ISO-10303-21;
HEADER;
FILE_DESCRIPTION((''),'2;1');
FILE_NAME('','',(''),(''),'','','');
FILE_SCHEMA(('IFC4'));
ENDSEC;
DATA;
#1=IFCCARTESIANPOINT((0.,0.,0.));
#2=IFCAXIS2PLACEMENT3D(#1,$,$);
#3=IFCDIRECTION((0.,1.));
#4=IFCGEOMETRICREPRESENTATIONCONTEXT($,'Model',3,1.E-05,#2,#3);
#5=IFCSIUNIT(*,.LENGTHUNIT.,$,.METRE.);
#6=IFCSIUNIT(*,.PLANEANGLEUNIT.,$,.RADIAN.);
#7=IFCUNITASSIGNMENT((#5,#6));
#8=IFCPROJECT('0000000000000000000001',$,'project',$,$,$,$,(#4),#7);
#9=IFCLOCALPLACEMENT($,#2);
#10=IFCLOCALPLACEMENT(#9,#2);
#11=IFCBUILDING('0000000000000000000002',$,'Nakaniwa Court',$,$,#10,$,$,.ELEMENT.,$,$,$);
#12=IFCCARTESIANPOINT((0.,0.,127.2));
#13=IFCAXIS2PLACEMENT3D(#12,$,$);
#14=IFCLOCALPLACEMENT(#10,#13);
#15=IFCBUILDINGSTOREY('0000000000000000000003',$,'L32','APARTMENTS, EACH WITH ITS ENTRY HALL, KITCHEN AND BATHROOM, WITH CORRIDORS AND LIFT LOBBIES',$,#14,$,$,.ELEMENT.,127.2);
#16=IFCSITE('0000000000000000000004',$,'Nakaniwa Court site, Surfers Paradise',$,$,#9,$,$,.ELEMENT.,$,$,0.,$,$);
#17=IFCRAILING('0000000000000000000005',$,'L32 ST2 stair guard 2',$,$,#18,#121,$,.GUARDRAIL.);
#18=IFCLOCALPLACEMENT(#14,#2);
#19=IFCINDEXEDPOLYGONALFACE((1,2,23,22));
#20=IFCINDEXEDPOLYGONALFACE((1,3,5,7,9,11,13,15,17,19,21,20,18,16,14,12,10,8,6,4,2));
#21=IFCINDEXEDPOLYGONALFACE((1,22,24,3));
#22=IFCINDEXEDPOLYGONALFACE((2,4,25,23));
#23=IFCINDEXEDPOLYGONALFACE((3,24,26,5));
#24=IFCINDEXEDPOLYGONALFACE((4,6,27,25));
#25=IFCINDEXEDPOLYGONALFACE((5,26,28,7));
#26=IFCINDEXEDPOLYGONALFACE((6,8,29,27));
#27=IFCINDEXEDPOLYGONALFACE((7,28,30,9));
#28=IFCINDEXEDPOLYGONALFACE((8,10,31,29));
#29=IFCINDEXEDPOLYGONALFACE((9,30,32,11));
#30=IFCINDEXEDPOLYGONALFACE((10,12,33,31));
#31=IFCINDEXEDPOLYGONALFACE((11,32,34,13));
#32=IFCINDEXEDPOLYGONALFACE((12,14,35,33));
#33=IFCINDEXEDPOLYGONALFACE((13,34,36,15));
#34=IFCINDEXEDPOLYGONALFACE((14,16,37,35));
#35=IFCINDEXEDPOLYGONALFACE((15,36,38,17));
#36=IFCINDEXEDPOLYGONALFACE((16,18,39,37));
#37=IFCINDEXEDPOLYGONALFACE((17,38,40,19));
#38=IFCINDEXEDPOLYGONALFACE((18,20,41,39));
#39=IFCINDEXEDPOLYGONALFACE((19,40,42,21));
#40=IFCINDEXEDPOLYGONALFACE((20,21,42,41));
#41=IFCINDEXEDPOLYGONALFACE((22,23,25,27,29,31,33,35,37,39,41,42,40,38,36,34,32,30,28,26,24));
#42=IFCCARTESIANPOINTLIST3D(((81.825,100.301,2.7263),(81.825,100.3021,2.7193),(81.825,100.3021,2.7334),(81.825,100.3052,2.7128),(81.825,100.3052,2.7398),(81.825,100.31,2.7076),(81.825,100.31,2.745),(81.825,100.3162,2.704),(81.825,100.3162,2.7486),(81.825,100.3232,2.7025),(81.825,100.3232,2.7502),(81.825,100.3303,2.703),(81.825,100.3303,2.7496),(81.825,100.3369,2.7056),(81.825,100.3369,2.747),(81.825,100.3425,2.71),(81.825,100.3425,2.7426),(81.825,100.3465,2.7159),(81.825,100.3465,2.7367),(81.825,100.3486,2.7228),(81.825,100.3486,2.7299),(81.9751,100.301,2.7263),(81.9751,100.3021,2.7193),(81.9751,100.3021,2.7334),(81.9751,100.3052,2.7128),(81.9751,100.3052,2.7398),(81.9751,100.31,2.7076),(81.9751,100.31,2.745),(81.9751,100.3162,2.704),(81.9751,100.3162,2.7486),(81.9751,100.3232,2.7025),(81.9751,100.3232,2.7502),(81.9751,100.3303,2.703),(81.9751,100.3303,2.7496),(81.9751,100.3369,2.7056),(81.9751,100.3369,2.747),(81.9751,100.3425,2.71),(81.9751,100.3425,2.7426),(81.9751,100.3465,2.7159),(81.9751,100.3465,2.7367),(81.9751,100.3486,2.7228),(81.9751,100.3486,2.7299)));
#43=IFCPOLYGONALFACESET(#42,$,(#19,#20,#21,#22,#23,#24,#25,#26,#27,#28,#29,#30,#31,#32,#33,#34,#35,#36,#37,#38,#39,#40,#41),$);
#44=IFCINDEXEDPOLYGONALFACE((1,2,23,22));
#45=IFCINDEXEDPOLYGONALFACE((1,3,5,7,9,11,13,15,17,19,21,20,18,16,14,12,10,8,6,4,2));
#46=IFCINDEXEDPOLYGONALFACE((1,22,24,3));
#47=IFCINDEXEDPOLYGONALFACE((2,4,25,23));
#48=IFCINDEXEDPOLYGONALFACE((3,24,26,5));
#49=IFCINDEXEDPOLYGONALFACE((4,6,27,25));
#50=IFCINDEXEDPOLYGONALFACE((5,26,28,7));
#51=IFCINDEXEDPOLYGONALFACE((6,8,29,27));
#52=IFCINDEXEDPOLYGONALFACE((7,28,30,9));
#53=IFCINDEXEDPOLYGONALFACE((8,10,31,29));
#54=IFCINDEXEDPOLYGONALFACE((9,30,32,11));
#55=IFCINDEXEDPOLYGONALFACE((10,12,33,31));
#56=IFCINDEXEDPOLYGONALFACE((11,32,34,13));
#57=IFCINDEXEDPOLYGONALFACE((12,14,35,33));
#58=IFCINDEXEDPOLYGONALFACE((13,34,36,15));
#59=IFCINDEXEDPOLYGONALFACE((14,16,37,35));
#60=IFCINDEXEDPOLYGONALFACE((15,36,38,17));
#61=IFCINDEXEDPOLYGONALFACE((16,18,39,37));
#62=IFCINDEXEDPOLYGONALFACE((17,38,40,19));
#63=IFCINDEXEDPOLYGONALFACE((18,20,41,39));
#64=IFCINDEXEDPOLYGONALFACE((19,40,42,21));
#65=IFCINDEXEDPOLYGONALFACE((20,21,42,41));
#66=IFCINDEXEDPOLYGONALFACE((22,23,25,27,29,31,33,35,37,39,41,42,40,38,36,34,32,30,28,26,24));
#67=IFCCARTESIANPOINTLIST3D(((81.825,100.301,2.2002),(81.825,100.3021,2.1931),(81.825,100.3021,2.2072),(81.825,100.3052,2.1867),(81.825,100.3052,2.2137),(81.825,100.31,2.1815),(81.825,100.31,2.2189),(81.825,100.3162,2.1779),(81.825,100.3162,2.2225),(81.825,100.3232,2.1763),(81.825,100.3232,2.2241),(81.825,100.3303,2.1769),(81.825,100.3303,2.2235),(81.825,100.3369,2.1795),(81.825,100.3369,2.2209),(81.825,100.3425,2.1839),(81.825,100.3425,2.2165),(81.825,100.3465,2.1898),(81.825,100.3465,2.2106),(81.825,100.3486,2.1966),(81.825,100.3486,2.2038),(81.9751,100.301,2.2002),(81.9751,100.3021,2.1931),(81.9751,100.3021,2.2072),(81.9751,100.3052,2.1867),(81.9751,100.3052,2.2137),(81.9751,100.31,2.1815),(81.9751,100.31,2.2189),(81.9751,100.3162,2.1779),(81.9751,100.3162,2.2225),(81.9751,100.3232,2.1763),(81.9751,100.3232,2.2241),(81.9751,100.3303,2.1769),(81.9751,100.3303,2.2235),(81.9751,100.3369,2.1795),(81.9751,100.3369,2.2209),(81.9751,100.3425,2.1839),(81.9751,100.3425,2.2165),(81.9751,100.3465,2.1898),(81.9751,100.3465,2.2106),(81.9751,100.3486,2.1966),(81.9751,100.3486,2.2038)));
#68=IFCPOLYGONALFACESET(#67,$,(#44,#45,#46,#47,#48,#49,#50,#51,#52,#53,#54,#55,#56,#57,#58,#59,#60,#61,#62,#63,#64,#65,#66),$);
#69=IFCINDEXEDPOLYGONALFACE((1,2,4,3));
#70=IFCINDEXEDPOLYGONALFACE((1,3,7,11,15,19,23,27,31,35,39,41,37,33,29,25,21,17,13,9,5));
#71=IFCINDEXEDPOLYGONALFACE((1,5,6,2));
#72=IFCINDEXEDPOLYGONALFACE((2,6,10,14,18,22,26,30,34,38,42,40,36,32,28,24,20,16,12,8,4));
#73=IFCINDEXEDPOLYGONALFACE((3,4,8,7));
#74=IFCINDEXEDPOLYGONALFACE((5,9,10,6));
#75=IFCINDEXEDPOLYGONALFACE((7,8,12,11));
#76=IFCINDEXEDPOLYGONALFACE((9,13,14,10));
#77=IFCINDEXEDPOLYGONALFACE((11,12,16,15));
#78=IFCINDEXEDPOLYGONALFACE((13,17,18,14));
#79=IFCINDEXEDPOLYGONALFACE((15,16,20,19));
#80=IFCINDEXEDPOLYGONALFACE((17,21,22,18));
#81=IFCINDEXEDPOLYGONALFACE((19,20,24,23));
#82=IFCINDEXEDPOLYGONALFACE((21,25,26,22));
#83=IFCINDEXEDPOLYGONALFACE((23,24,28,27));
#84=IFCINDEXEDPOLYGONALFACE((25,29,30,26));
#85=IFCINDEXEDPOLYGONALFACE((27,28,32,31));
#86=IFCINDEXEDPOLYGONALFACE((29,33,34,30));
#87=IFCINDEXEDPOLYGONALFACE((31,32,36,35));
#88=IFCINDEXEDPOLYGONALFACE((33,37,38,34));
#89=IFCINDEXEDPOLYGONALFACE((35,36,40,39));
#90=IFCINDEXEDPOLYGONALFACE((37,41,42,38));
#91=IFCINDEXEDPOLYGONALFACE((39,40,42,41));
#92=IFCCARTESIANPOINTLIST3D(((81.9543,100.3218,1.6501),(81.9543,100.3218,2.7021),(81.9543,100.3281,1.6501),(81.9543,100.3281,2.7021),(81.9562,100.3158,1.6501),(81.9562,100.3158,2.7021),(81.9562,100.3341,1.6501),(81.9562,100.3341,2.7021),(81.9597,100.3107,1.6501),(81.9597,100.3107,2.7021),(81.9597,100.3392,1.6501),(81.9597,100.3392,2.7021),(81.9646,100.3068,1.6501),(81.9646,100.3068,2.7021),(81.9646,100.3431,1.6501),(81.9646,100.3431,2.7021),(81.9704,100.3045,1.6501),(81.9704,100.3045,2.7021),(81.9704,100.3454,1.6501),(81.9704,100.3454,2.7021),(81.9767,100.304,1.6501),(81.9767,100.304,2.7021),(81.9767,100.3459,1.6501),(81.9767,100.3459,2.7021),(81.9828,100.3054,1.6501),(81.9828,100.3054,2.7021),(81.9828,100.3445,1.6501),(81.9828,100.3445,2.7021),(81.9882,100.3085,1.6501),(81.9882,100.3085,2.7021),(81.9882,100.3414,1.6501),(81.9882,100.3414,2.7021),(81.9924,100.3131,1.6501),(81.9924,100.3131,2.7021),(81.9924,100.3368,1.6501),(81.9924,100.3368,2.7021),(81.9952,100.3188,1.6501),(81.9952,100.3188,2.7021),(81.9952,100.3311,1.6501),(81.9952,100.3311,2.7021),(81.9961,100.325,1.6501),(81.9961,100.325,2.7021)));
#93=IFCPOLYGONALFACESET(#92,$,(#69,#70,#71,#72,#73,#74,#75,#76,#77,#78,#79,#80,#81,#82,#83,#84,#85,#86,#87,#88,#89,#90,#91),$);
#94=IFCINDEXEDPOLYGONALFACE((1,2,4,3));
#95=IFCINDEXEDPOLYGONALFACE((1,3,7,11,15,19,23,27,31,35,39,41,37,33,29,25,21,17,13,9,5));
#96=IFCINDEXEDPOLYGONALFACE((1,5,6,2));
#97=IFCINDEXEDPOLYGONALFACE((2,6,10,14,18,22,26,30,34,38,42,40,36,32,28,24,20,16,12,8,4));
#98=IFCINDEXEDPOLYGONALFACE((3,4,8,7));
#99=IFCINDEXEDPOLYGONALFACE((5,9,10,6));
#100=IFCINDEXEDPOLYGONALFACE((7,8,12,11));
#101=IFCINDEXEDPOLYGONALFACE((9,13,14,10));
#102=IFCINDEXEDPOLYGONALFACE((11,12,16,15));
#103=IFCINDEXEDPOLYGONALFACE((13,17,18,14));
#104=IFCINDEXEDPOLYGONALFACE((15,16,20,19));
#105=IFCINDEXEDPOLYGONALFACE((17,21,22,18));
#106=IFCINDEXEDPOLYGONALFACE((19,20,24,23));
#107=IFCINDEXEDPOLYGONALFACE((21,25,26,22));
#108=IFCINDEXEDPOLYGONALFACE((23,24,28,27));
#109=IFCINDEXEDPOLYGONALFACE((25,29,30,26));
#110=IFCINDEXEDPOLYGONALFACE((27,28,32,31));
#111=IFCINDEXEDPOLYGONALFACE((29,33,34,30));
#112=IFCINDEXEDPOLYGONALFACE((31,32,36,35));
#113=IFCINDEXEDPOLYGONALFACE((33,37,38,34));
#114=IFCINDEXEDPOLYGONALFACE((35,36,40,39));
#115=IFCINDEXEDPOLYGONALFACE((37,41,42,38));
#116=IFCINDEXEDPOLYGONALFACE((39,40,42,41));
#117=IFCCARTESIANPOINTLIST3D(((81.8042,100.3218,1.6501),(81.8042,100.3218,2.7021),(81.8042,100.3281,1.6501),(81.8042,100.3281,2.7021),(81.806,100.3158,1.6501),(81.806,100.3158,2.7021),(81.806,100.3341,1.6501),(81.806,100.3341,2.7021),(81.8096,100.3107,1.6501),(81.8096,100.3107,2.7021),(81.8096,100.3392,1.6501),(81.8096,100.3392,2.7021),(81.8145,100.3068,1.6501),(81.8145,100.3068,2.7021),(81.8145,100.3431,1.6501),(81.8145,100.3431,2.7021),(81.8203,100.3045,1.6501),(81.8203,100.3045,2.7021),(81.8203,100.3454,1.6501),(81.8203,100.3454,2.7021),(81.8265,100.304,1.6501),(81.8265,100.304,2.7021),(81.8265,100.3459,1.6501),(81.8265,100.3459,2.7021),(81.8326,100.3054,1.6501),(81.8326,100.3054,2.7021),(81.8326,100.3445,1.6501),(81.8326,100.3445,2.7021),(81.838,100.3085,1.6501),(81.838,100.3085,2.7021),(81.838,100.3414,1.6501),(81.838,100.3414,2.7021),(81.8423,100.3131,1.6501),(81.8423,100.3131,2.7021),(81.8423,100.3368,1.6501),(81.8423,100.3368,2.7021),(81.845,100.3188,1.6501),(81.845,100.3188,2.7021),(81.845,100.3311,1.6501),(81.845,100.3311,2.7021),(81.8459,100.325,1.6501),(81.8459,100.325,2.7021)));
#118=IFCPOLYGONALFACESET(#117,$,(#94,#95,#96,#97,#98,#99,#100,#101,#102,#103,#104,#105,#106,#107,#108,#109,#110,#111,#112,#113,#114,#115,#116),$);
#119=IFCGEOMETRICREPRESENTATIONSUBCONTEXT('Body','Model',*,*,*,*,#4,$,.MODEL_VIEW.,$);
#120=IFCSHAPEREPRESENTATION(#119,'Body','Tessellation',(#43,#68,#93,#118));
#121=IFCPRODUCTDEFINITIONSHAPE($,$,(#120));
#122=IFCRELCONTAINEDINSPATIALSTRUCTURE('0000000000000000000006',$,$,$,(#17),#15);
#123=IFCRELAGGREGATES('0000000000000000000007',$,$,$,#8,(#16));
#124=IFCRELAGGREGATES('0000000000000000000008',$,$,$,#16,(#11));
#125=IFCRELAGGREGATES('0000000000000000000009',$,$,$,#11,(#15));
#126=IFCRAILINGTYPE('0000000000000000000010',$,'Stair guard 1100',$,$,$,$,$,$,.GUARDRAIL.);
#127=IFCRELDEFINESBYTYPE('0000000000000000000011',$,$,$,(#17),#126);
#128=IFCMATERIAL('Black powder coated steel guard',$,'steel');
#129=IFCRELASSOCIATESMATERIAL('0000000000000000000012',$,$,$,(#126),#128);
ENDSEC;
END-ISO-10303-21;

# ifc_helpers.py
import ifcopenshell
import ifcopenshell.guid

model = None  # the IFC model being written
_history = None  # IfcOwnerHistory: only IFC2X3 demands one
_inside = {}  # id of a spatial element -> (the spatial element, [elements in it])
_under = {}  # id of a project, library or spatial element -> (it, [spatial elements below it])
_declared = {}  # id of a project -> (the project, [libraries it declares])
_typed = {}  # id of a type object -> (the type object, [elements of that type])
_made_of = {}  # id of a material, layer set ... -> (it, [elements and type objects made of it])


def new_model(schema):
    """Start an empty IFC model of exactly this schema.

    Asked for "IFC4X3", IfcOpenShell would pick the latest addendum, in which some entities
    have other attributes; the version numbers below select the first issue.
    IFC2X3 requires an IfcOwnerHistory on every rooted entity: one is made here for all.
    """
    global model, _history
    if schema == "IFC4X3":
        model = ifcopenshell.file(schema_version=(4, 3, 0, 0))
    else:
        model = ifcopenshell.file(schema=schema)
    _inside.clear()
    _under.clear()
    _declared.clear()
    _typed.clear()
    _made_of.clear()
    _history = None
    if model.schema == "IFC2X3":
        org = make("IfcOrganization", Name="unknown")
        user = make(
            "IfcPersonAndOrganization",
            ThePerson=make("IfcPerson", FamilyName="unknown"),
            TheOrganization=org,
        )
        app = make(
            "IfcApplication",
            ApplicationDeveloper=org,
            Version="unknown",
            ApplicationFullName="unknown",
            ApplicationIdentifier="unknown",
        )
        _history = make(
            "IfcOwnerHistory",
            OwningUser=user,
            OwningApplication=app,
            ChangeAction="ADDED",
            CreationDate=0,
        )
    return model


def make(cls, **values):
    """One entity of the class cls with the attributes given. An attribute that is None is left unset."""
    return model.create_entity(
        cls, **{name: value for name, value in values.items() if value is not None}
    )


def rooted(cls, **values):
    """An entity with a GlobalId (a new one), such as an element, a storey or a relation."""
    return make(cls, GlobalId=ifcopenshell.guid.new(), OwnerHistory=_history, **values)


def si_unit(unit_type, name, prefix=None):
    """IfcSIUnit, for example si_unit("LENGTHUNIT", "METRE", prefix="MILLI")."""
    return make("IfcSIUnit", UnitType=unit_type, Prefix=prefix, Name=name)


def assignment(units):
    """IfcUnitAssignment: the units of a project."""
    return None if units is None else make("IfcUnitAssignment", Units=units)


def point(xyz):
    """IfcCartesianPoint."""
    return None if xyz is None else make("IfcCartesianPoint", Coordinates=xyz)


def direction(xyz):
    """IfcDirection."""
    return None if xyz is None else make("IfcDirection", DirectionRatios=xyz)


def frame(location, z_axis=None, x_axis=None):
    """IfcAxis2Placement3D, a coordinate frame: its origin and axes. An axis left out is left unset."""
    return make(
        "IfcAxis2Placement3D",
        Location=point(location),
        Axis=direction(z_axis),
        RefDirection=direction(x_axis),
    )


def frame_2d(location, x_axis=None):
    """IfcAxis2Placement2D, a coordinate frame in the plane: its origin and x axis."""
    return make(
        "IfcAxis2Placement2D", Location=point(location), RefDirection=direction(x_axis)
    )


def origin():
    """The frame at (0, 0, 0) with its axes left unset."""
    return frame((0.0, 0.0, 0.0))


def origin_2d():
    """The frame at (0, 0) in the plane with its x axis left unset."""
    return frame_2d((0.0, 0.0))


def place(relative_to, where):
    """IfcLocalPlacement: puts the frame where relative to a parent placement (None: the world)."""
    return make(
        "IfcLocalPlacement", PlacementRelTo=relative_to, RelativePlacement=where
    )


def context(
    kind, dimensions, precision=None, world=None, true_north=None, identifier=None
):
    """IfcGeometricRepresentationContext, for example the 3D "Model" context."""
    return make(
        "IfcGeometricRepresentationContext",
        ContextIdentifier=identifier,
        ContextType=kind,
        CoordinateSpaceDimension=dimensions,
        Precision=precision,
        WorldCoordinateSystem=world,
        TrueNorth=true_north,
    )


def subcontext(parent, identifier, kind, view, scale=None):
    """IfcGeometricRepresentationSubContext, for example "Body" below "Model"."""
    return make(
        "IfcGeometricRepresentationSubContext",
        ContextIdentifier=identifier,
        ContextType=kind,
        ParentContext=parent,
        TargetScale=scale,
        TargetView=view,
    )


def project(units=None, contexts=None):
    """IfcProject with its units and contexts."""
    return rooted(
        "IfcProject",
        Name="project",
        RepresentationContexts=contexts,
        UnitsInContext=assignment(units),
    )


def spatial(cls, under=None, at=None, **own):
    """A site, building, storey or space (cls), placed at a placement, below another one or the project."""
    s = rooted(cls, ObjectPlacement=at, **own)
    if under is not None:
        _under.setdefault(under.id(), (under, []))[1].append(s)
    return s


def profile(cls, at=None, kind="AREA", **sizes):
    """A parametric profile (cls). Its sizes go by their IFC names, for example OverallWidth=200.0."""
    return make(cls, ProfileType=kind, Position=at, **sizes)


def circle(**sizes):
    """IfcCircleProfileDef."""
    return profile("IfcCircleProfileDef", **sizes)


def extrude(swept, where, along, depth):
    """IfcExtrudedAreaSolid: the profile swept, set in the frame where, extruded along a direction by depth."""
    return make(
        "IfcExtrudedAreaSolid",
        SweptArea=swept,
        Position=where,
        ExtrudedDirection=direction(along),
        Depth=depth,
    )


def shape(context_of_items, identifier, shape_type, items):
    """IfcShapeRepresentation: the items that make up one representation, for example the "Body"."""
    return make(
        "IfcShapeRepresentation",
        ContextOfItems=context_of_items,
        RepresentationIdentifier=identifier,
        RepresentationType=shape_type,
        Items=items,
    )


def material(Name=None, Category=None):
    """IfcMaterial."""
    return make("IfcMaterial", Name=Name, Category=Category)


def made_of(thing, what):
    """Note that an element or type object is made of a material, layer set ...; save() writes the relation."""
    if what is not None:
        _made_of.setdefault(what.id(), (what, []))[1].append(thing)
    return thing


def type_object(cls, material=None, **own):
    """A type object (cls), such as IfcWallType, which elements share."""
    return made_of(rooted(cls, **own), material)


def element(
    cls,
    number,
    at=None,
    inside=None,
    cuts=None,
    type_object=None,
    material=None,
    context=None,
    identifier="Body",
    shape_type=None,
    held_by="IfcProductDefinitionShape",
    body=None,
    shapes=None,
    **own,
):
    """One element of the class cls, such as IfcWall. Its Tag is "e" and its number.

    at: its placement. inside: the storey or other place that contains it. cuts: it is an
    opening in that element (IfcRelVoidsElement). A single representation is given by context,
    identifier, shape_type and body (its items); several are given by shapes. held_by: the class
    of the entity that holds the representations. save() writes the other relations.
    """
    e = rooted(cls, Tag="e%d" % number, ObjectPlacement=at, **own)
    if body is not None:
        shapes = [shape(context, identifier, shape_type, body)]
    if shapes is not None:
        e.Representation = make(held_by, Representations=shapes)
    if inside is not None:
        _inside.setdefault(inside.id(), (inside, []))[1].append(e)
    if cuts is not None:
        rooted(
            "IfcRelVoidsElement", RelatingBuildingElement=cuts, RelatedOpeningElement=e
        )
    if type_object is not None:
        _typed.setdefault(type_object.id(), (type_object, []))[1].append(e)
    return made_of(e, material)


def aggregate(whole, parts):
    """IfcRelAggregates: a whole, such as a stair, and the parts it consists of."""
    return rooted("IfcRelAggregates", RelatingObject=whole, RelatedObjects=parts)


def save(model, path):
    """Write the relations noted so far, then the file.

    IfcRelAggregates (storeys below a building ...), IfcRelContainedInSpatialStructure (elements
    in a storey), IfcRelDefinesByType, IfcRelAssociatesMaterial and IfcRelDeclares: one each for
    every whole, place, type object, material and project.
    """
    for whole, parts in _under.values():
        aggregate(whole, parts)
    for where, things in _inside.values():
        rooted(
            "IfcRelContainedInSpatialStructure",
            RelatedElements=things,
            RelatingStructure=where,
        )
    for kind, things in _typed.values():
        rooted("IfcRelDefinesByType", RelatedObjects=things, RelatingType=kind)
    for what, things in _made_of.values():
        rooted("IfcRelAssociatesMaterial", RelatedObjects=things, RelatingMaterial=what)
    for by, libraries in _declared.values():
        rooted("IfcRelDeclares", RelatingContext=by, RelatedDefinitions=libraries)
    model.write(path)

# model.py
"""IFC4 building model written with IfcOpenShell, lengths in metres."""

from ifc_helpers import new_model, si_unit, direction, frame, origin, origin_2d, place, context, subcontext, project, spatial, circle, extrude, material, type_object, element, save


model = new_model("IFC4")

# Units and contexts
model_context = context("Model", 3, precision=1e-05, world=origin(), true_north=direction((0.0, 1.0)))
body_context = subcontext(model_context, "Body", "Model", "MODEL_VIEW")
ifc_project = project(units=[si_unit("LENGTHUNIT", "METRE"), si_unit("PLANEANGLEUNIT", "RADIAN")], contexts=[model_context])

# Site, building, storey
site_placement = place(None, origin())
site = spatial("IfcSite", under=ifc_project, at=site_placement, Name="Nakaniwa Court site, Surfers Paradise", CompositionType="ELEMENT", RefElevation=0.0)
building_placement = place(site_placement, origin())
building = spatial("IfcBuilding", under=site, at=building_placement, Name="Nakaniwa Court", CompositionType="ELEMENT")
storey_placement = place(building_placement, frame((0.0, 0.0, 127.2)))
storey = spatial("IfcBuildingStorey", under=building, at=storey_placement, Name="L32", Description="APARTMENTS, EACH WITH ITS ENTRY HALL, KITCHEN AND BATHROOM, WITH CORRIDORS AND LIFT LOBBIES", CompositionType="ELEMENT", Elevation=127.2)

# Railing
ifc_material_1 = material(Name="Black powder coated steel guard", Category="steel")
railing_type_1 = type_object("IfcRailingType", Name="Stair guard 1100", PredefinedType="GUARDRAIL", material=ifc_material_1)
railing_1_placement = place(storey_placement, frame((81.9751, 100.325, 1.6501)))
element("IfcRailing", 1, at=railing_1_placement, inside=storey, type_object=railing_type_1, Name="L32 ST2 stair guard 2", PredefinedType="GUARDRAIL", context=body_context, shape_type="SweptSolid", body=[
    extrude(circle(Radius=0.0239, at=origin_2d()), frame((0.0, 0.0, 1.0762), z_axis=(-1.0, 0.0, 0.0), x_axis=(0.0, -1.0, 0.0)), (0.0, 0.0, 1.0), 0.1501),
    extrude(circle(Radius=0.0239, at=origin_2d()), frame((0.0, 0.0, 0.55), z_axis=(-1.0, 0.0, 0.0), x_axis=(0.0, -1.0, 0.0)), (0.0, 0.0, 1.0), 0.1501),
    extrude(circle(Radius=0.021, at=origin_2d()), origin(), (0.0, 0.0, 1.0), 1.052),
    extrude(circle(Radius=0.021, at=origin_2d()), frame((-0.1501, 0.0, 0.0)), (0.0, 0.0, 1.0), 1.052),
])

save(model, "model.ifc")
